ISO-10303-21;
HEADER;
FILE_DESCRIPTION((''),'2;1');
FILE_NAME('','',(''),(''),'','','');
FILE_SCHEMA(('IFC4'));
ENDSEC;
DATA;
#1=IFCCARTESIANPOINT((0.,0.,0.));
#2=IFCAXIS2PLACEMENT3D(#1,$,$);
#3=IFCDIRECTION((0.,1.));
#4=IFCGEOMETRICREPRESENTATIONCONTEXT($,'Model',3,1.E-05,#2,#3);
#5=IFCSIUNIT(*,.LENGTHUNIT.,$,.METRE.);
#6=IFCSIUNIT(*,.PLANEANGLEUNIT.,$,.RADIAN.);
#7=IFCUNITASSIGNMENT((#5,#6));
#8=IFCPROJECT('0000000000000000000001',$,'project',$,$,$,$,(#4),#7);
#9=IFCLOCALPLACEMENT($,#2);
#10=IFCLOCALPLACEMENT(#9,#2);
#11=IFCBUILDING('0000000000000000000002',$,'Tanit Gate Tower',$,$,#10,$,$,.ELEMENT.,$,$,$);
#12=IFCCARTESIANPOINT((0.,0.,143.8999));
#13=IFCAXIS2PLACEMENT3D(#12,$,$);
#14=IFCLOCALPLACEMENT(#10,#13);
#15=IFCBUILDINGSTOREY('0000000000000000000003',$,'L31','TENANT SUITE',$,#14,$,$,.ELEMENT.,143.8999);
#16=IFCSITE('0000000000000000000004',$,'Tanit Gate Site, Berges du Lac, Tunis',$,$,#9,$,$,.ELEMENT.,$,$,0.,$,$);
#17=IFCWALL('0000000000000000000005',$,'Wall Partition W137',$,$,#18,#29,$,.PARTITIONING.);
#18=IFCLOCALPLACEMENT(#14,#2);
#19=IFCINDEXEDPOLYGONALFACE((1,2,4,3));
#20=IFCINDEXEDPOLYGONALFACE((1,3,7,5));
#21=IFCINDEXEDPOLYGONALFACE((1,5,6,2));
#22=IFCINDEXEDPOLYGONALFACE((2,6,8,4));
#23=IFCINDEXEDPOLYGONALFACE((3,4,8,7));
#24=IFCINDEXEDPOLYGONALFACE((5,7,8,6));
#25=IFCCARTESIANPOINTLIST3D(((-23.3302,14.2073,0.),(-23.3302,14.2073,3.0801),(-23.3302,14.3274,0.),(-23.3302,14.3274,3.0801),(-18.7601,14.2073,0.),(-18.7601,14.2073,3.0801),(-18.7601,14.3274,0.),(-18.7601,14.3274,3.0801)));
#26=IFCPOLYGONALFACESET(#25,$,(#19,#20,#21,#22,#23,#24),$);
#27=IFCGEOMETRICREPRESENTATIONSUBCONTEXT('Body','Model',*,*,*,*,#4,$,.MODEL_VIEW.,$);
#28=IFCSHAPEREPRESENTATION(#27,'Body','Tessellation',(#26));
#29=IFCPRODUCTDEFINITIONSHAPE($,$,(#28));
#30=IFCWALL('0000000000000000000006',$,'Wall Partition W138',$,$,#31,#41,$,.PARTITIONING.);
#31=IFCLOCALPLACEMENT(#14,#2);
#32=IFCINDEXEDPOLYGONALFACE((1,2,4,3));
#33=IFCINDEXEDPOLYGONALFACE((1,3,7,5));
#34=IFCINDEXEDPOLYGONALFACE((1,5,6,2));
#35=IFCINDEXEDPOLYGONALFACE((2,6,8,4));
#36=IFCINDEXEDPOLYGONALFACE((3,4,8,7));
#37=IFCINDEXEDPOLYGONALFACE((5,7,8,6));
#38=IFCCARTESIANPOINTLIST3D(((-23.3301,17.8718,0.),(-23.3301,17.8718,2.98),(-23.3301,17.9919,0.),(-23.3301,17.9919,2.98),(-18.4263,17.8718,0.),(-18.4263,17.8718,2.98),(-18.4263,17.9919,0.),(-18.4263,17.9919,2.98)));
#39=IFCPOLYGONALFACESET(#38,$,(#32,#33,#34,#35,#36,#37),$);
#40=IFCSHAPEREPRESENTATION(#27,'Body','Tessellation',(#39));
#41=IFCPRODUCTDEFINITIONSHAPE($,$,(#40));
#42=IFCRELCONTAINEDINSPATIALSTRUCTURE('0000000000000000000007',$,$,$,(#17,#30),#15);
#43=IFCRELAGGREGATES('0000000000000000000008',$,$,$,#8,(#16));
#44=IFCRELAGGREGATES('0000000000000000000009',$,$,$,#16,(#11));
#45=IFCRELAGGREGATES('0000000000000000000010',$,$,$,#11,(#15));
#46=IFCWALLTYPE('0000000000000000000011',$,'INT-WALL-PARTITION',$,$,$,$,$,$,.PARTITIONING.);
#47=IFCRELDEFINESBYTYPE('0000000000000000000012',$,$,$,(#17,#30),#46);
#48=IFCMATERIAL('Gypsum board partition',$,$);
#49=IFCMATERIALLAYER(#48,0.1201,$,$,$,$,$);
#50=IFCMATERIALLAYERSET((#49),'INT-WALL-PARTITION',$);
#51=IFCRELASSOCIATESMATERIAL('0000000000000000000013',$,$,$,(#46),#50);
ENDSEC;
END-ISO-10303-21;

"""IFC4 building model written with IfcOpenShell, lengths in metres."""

from ifc_helpers import new_model, si_unit, direction, frame, frame_2d, origin, place, context, subcontext, project, spatial, rectangle, extrude, material, layer, layer_set, type_object, element, save


model = new_model("IFC4")

# Units and contexts
model_context = context("Model", 3, precision=1e-05, world=origin(), true_north=direction((0.0, 1.0)))
body_context = subcontext(model_context, "Body", "Model", "MODEL_VIEW")
ifc_project = project(units=[si_unit("LENGTHUNIT", "METRE"), si_unit("PLANEANGLEUNIT", "RADIAN")], contexts=[model_context])

# Site, building, storey
site_placement = place(None, origin())
site = spatial("IfcSite", under=ifc_project, at=site_placement, Name="Tanit Gate Site, Berges du Lac, Tunis", CompositionType="ELEMENT", RefElevation=0.0)
building_placement = place(site_placement, origin())
building = spatial("IfcBuilding", under=site, at=building_placement, Name="Tanit Gate Tower", CompositionType="ELEMENT")
storey_placement = place(building_placement, frame((0.0, 0.0, 143.8999)))
storey = spatial("IfcBuildingStorey", under=building, at=storey_placement, Name="L31", Description="TENANT SUITE", CompositionType="ELEMENT", Elevation=143.8999)

# Shared definitions
ifc_material_1 = material(Name="Gypsum board partition")
ifc_layer_1 = layer(ifc_material_1, 0.1201)
ifc_layer_set_1 = layer_set([ifc_layer_1], Name="INT-WALL-PARTITION")
wall_type_1 = type_object("IfcWallType", Name="INT-WALL-PARTITION", PredefinedType="PARTITIONING", material=ifc_layer_set_1)

# Walls
wall_1_placement = place(storey_placement, frame((-18.76, 14.2673, 0.0), z_axis=(0.0, 0.0, 1.0), x_axis=(-1.0, 0.0, 0.0)))
element("IfcWall", 1, at=wall_1_placement, inside=storey, type_object=wall_type_1, Name="Wall Partition W137", PredefinedType="PARTITIONING", context=body_context, shape_type="SweptSolid", body=[
    extrude(rectangle(XDim=4.5701, YDim=0.1201, at=frame_2d((2.2852, 0.0))), origin(), (0.0, 0.0, 1.0), 3.0801),
])
wall_2_placement = place(storey_placement, frame((-23.3301, 17.9319, 0.0), z_axis=(0.0, 0.0, 1.0), x_axis=(1.0, 0.0, 0.0)))
element("IfcWall", 2, at=wall_2_placement, inside=storey, type_object=wall_type_1, Name="Wall Partition W138", PredefinedType="PARTITIONING", context=body_context, shape_type="SweptSolid", body=[
    extrude(rectangle(XDim=4.9038, YDim=0.1201, at=frame_2d((2.4519, 0.0))), origin(), (0.0, 0.0, 1.0), 2.98),
])

save(model, "model.ifc")
